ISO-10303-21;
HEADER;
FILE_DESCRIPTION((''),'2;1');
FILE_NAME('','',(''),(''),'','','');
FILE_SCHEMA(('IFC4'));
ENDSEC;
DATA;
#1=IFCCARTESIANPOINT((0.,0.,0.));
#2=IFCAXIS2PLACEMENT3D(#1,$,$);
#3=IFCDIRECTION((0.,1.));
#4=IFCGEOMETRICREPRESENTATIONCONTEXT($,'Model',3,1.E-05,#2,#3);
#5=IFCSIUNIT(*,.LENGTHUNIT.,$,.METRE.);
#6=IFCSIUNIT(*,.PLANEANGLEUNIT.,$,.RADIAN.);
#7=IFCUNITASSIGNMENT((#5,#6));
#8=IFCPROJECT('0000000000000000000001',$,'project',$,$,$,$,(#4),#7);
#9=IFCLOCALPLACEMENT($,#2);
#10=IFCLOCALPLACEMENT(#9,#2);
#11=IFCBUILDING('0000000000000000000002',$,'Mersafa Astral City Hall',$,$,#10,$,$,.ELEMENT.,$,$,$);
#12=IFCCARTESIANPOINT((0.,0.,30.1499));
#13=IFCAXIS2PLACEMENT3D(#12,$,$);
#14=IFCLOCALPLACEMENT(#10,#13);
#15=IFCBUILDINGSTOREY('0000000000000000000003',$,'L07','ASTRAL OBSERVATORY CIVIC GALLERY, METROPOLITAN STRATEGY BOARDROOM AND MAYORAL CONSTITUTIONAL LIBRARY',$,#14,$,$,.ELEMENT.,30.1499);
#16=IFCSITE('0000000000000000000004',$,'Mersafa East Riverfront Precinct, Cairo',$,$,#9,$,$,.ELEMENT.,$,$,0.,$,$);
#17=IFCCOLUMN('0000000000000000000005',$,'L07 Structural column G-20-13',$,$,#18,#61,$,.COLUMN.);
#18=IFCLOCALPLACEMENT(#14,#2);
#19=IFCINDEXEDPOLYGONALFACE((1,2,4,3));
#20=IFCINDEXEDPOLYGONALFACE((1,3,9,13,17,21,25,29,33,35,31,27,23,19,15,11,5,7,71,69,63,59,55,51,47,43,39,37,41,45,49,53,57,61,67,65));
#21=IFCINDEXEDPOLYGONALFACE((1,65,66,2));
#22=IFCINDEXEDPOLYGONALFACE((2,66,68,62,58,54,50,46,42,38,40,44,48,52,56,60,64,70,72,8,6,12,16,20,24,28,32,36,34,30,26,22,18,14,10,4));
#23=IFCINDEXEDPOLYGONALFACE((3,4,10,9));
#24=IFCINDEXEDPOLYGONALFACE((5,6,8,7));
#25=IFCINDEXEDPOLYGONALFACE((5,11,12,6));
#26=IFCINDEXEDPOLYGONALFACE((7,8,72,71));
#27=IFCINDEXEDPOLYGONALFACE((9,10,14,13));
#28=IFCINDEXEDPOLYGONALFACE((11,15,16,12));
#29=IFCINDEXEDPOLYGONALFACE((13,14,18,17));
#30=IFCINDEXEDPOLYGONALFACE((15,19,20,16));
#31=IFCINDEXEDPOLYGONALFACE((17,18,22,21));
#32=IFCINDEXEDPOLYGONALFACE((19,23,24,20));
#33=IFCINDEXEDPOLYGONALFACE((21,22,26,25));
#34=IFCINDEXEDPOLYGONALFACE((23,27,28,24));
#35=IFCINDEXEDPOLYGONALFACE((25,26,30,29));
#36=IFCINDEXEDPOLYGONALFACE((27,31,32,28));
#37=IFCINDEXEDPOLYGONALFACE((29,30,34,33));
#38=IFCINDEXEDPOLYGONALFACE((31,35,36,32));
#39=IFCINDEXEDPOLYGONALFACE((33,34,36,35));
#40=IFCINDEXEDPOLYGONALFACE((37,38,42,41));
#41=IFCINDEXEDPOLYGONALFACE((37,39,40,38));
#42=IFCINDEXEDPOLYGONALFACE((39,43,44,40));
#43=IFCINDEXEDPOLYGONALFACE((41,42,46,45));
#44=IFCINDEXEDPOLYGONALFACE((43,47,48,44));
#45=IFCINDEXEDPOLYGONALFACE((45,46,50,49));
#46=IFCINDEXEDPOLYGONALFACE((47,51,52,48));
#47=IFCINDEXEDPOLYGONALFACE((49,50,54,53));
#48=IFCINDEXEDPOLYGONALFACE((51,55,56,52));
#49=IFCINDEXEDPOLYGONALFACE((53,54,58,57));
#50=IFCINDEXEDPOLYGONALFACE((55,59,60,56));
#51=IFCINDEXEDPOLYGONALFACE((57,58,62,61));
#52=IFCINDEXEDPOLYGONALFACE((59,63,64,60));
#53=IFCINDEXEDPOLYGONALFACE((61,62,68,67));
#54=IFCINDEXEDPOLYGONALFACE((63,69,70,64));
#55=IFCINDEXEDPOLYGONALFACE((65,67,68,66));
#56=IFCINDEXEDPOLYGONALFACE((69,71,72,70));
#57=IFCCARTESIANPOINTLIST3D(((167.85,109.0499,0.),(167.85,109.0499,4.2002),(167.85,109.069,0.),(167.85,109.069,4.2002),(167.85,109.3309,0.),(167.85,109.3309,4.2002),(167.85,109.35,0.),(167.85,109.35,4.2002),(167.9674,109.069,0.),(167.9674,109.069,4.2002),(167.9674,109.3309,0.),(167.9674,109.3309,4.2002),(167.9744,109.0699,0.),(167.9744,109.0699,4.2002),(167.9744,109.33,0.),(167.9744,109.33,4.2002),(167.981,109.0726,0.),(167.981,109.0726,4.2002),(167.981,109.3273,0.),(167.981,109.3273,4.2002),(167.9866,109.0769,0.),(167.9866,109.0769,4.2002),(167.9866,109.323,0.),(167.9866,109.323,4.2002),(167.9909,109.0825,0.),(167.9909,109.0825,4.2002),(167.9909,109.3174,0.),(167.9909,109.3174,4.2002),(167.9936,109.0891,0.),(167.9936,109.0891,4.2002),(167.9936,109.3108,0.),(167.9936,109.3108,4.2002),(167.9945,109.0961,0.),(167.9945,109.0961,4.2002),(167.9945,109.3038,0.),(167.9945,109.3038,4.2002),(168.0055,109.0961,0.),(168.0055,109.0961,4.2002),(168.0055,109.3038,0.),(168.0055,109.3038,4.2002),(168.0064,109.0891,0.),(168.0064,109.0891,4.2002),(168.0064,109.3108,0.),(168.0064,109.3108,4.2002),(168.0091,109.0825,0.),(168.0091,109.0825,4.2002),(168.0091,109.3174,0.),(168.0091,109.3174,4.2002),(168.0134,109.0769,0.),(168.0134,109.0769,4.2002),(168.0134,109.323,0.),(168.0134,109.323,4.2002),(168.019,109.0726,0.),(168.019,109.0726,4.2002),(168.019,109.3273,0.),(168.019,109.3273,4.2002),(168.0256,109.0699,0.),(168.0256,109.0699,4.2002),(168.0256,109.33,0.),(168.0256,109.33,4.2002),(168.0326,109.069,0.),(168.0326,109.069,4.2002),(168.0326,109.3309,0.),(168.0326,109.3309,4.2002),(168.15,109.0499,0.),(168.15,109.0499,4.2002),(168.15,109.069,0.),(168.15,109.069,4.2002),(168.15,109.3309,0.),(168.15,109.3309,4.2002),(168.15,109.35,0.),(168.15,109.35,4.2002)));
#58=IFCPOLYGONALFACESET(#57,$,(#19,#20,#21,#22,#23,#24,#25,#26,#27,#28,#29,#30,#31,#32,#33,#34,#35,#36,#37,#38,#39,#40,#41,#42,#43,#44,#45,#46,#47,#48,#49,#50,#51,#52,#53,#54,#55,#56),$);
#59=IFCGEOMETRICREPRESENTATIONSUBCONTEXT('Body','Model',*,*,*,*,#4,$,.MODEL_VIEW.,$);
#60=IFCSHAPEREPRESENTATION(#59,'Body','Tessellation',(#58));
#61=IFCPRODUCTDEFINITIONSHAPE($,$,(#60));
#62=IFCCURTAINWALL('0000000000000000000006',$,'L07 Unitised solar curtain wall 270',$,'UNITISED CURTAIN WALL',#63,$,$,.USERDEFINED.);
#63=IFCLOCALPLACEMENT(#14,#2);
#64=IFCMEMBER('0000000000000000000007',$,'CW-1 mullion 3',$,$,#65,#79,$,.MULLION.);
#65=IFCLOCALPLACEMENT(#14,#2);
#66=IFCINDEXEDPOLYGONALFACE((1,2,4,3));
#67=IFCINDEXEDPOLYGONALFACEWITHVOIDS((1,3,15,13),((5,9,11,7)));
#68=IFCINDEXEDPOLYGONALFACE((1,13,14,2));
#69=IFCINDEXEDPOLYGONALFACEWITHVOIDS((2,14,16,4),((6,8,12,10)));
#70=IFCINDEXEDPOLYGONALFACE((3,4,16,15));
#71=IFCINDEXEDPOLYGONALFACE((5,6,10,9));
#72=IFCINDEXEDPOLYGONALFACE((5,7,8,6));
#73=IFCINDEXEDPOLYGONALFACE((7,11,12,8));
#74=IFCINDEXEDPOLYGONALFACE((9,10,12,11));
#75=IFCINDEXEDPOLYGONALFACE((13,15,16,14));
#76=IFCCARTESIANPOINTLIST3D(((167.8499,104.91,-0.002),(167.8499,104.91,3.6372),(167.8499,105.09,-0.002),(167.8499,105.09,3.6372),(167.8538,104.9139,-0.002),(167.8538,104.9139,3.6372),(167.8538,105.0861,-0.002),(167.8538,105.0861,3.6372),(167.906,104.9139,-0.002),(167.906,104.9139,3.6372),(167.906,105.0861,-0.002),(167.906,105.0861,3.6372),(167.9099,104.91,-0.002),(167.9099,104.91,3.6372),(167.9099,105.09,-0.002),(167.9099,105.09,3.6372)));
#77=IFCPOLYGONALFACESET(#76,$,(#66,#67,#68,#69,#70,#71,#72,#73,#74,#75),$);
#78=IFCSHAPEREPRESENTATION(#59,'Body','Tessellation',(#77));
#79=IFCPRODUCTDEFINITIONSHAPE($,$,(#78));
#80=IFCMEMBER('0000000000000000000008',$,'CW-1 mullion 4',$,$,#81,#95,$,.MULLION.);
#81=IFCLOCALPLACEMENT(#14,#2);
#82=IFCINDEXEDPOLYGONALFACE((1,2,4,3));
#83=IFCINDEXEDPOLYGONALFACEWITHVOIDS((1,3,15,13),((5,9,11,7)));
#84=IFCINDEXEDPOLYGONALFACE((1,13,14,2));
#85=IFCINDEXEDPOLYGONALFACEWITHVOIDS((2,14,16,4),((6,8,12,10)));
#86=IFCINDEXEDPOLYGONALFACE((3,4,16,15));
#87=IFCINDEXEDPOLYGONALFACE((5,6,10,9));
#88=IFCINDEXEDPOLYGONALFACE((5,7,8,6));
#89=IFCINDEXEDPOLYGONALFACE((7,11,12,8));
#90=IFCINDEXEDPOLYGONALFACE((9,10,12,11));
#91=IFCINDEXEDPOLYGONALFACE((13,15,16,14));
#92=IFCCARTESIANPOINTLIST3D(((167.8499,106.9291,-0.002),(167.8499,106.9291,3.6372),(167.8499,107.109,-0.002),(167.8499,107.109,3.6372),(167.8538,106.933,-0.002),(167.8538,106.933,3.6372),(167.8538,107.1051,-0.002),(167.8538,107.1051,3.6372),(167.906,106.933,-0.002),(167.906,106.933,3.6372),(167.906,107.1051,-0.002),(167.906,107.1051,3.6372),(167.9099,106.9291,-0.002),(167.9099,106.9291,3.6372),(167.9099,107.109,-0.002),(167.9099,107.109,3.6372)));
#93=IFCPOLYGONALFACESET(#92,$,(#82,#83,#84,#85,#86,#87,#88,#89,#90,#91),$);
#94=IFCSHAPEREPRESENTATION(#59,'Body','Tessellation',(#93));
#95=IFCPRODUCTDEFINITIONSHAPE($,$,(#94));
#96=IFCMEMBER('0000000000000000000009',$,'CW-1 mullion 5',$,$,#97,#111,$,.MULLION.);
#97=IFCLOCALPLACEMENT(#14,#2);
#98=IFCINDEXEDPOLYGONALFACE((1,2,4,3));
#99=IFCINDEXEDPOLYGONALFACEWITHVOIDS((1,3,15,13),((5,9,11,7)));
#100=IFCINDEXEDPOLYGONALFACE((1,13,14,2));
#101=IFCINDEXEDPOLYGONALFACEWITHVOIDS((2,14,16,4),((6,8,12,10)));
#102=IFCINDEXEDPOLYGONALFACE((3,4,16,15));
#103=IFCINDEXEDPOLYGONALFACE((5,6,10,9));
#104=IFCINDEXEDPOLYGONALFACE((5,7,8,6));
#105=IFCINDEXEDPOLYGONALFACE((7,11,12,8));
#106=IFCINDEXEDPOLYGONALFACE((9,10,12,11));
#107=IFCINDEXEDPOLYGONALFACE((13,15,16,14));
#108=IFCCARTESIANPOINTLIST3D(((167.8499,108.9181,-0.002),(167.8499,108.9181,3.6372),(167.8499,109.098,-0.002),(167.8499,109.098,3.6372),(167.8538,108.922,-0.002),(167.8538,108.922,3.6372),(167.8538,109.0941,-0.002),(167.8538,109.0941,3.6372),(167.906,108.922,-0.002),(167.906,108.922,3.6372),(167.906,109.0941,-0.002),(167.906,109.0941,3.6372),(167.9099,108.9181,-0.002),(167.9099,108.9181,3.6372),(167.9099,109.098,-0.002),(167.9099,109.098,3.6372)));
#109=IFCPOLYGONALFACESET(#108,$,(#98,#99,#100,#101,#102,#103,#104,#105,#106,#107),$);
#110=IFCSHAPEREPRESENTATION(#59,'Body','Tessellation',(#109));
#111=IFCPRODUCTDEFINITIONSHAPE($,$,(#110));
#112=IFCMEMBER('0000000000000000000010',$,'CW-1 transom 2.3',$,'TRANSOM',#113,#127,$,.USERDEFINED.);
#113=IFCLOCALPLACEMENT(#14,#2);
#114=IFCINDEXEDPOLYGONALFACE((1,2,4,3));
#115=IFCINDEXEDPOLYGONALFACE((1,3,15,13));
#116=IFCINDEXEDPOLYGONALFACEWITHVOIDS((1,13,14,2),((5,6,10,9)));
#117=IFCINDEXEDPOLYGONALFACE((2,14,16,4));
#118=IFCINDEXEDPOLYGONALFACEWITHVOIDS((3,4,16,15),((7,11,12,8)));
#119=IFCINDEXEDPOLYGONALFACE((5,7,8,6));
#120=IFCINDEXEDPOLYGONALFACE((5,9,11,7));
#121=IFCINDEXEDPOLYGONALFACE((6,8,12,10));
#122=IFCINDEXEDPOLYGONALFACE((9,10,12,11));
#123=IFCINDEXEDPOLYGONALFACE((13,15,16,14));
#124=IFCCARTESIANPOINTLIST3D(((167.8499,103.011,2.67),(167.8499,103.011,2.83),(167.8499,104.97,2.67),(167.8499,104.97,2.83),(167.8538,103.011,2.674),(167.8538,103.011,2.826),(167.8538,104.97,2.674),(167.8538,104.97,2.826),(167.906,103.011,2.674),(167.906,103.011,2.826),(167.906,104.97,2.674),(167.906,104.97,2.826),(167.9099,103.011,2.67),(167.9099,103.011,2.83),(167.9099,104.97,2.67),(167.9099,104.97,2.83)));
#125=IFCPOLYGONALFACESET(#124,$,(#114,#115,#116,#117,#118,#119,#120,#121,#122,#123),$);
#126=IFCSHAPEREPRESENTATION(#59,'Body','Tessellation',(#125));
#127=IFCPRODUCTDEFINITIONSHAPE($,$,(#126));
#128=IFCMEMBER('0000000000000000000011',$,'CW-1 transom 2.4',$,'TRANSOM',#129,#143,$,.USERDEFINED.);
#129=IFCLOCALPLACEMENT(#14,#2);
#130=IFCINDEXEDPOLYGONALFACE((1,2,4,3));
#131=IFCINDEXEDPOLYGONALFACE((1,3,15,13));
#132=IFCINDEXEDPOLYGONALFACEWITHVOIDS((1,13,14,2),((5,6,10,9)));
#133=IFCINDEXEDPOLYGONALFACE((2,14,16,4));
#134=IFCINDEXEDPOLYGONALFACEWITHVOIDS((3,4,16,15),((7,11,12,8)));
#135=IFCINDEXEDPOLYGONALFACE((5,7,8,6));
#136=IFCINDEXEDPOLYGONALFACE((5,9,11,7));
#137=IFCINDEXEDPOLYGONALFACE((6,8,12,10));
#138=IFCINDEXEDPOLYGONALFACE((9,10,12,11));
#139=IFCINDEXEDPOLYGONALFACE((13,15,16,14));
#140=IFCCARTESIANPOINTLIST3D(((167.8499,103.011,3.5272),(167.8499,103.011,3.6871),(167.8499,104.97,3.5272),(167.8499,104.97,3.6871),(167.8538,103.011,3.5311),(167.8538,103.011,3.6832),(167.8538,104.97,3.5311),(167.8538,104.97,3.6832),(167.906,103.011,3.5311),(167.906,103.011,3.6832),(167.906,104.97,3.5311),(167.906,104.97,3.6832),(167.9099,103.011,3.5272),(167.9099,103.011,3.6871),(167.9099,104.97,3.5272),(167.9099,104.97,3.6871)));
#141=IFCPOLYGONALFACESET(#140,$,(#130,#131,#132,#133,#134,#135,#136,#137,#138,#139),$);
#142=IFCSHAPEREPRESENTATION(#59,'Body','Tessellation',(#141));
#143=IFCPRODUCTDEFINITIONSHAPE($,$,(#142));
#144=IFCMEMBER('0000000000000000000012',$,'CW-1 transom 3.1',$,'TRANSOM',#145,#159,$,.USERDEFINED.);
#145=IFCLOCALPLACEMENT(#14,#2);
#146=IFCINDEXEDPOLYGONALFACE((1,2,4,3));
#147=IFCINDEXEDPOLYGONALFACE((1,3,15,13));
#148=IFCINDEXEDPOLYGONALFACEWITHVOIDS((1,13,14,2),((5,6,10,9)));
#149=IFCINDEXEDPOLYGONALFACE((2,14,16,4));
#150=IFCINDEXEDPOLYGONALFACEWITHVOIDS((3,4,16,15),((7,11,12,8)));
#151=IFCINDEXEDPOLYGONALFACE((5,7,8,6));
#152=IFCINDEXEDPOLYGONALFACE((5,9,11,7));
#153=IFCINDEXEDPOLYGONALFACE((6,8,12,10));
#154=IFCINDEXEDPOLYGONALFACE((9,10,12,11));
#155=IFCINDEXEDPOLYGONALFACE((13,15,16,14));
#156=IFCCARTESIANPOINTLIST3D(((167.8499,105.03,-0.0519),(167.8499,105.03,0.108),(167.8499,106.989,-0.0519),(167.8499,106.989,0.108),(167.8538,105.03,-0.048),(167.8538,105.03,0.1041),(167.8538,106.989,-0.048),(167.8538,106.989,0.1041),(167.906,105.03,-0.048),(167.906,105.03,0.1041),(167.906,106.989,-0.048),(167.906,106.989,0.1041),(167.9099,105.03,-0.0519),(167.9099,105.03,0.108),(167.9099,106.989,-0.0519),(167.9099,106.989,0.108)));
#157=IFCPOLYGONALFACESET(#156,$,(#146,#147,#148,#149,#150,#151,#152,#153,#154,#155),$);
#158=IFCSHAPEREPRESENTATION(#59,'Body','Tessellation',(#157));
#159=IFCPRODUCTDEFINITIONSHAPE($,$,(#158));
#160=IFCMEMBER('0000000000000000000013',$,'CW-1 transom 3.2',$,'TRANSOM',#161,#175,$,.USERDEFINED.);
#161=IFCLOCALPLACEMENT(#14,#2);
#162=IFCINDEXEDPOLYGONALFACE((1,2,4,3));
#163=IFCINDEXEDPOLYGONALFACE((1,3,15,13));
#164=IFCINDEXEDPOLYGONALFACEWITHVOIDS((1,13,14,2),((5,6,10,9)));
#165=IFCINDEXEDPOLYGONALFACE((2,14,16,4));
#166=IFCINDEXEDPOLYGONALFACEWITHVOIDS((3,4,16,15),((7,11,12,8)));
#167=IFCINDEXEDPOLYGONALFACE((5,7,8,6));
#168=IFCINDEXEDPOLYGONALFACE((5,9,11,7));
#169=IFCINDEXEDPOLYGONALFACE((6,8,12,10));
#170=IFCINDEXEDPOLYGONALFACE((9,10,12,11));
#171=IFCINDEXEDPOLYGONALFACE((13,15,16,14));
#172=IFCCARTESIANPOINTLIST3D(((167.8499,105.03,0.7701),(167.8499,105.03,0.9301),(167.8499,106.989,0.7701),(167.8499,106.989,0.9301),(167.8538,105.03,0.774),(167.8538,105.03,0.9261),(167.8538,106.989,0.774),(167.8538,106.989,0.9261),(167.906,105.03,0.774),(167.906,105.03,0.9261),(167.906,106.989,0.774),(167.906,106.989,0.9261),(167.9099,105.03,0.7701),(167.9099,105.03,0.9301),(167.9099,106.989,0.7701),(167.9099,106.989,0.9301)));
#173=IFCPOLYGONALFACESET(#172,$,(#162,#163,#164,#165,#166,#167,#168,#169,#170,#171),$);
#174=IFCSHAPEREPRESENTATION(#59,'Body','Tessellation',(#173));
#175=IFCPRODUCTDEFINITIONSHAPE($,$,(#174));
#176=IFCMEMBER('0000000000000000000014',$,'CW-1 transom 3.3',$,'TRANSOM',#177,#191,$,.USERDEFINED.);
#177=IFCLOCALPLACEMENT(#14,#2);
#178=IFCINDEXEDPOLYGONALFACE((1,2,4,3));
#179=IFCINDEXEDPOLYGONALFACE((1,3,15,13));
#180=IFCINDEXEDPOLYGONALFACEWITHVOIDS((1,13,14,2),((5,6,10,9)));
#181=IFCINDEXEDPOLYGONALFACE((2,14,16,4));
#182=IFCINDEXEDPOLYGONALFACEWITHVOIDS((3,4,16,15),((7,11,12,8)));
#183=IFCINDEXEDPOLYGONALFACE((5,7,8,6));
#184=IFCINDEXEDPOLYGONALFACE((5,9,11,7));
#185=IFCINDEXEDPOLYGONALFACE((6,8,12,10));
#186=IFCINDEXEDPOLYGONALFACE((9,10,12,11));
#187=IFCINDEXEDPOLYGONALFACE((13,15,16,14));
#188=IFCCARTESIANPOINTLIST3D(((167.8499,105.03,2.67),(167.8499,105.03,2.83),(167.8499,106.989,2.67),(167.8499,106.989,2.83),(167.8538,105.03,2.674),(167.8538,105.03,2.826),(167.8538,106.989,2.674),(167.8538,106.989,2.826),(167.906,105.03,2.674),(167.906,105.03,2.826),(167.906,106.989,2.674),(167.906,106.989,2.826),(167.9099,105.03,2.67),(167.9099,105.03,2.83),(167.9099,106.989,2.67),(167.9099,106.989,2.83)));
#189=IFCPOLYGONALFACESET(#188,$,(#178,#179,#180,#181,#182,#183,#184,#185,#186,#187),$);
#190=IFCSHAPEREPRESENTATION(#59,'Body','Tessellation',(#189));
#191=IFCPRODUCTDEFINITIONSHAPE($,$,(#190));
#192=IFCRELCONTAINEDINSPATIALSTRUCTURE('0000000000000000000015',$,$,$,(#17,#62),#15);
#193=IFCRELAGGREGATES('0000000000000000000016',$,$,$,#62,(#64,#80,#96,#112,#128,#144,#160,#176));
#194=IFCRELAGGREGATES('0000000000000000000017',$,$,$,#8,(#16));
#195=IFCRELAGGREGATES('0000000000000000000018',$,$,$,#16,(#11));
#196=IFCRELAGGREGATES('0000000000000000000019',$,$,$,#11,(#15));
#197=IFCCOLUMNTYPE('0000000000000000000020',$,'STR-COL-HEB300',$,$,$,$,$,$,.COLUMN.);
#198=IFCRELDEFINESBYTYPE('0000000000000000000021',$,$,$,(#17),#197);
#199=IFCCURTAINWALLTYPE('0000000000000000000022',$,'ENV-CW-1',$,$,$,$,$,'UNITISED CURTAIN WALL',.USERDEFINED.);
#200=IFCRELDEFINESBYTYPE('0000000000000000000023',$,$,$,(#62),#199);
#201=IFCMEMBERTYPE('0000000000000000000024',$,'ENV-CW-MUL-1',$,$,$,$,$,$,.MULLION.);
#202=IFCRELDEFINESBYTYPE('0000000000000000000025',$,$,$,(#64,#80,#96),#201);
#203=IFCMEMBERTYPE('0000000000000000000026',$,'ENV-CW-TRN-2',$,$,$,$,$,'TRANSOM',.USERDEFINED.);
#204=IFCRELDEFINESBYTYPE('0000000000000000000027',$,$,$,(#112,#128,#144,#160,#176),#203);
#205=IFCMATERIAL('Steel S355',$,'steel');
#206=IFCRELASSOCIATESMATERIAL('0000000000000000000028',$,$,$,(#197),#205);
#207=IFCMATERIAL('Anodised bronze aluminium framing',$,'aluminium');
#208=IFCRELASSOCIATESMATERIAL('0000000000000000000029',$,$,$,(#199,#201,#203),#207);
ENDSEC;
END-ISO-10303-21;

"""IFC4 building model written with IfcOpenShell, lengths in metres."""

from ifc_helpers import new_model, si_unit, direction, frame, origin, origin_2d, place, context, subcontext, project, spatial, hollow_rectangle, i_section, extrude, material, material_profile, profile_set, type_object, element, aggregate, save


model = new_model("IFC4")

# Units and contexts
model_context = context("Model", 3, precision=1e-05, world=origin(), true_north=direction((0.0, 1.0)))
body_context = subcontext(model_context, "Body", "Model", "MODEL_VIEW")
ifc_project = project(units=[si_unit("LENGTHUNIT", "METRE"), si_unit("PLANEANGLEUNIT", "RADIAN")], contexts=[model_context])

# Site, building, storey
site_placement = place(None, origin())
site = spatial("IfcSite", under=ifc_project, at=site_placement, Name="Mersafa East Riverfront Precinct, Cairo", CompositionType="ELEMENT", RefElevation=0.0)
building_placement = place(site_placement, origin())
building = spatial("IfcBuilding", under=site, at=building_placement, Name="Mersafa Astral City Hall", CompositionType="ELEMENT")
storey_placement = place(building_placement, frame((0.0, 0.0, 30.1499)))
storey = spatial("IfcBuildingStorey", under=building, at=storey_placement, Name="L07", Description="ASTRAL OBSERVATORY CIVIC GALLERY, METROPOLITAN STRATEGY BOARDROOM AND MAYORAL CONSTITUTIONAL LIBRARY", CompositionType="ELEMENT", Elevation=30.1499)

# Column
ifc_material_1 = material(Name="Steel S355", Category="steel")
ifc_material_profile_1 = material_profile(ifc_material_1, i_section(OverallWidth=0.3, OverallDepth=0.3, WebThickness=0.011, FlangeThickness=0.019, FilletRadius=0.0271, at=origin_2d()), Name="HEB 300")
ifc_profile_set_1 = profile_set([ifc_material_profile_1], Name="Steel S355")
column_type = type_object("IfcColumnType", Name="STR-COL-HEB300", PredefinedType="COLUMN", material=ifc_profile_set_1)
column_placement = place(storey_placement, frame((168.0, 109.2, 0.0), z_axis=(0.0, 0.0, 1.0), x_axis=(1.0, 0.0, 0.0)))
element("IfcColumn", 1, at=column_placement, inside=storey, type_object=column_type, Name="L07 Structural column G-20-13", PredefinedType="COLUMN", context=body_context, shape_type="SweptSolid", body=[
    extrude(i_section(OverallWidth=0.3, OverallDepth=0.3, WebThickness=0.011, FlangeThickness=0.019, FilletRadius=0.0271, at=origin_2d()), origin(), (0.0, 0.0, 1.0), 4.2002),
])

# Curtain wall, members
ifc_material_2 = material(Name="Anodised bronze aluminium framing", Category="aluminium")
curtain_wall_type = type_object("IfcCurtainWallType", Name="ENV-CW-1", ElementType="UNITISED CURTAIN WALL", PredefinedType="USERDEFINED", material=ifc_material_2)
curtain_wall_placement = place(storey_placement, origin())
curtain_wall = element("IfcCurtainWall", 2, at=curtain_wall_placement, inside=storey, type_object=curtain_wall_type, Name="L07 Unitised solar curtain wall 270", ObjectType="UNITISED CURTAIN WALL", PredefinedType="USERDEFINED")
ifc_material_profile_2 = material_profile(ifc_material_2, hollow_rectangle(XDim=0.0601, YDim=0.1799, WallThickness=0.0039, at=origin_2d()), Name="RHS 60x180x4")
ifc_profile_set_2 = profile_set([ifc_material_profile_2], Name="Anodised bronze aluminium framing")
member_type_1 = type_object("IfcMemberType", Name="ENV-CW-MUL-1", PredefinedType="MULLION", material=ifc_profile_set_2)
member_1_placement = place(storey_placement, frame((167.8799, 105.0, -0.002), z_axis=(0.0, 0.0, 1.0), x_axis=(-1.0, 0.0, 0.0)))
member_1 = element("IfcMember", 3, at=member_1_placement, type_object=member_type_1, Name="CW-1 mullion 3", PredefinedType="MULLION", context=body_context, shape_type="SweptSolid", body=[
    extrude(hollow_rectangle(XDim=0.0601, YDim=0.1799, WallThickness=0.0039, at=origin_2d()), origin(), (0.0, 0.0, 1.0), 3.6392),
])
member_2_placement = place(storey_placement, frame((167.8799, 107.019, -0.002), z_axis=(0.0, 0.0, 1.0), x_axis=(-1.0, 0.0, 0.0)))
member_2 = element("IfcMember", 4, at=member_2_placement, type_object=member_type_1, Name="CW-1 mullion 4", PredefinedType="MULLION", context=body_context, shape_type="SweptSolid", body=[
    extrude(hollow_rectangle(XDim=0.0601, YDim=0.1799, WallThickness=0.0039, at=origin_2d()), origin(), (0.0, 0.0, 1.0), 3.6392),
])
member_3_placement = place(storey_placement, frame((167.8799, 109.0081, -0.002), z_axis=(0.0, 0.0, 1.0), x_axis=(-1.0, 0.0, 0.0)))
member_3 = element("IfcMember", 5, at=member_3_placement, type_object=member_type_1, Name="CW-1 mullion 5", PredefinedType="MULLION", context=body_context, shape_type="SweptSolid", body=[
    extrude(hollow_rectangle(XDim=0.0601, YDim=0.1799, WallThickness=0.0039, at=origin_2d()), origin(), (0.0, 0.0, 1.0), 3.6392),
])
ifc_material_profile_3 = material_profile(ifc_material_2, hollow_rectangle(XDim=0.0601, YDim=0.1599, WallThickness=0.0039, at=origin_2d()), Name="RHS 60x160x4")
ifc_profile_set_3 = profile_set([ifc_material_profile_3], Name="Anodised bronze aluminium framing")
member_type_2 = type_object("IfcMemberType", Name="ENV-CW-TRN-2", ElementType="TRANSOM", PredefinedType="USERDEFINED", material=ifc_profile_set_3)
member_4_placement = place(storey_placement, frame((167.8799, 103.011, 2.75), z_axis=(0.0, 1.0, 0.0), x_axis=(-1.0, 0.0, 0.0)))
member_4 = element("IfcMember", 6, at=member_4_placement, type_object=member_type_2, Name="CW-1 transom 2.3", ObjectType="TRANSOM", PredefinedType="USERDEFINED", context=body_context, shape_type="SweptSolid", body=[
    extrude(hollow_rectangle(XDim=0.0601, YDim=0.1599, WallThickness=0.0039, at=origin_2d()), origin(), (0.0, 0.0, 1.0), 1.959),
])
member_5_placement = place(storey_placement, frame((167.8799, 103.011, 3.6072), z_axis=(0.0, 1.0, 0.0), x_axis=(-1.0, 0.0, 0.0)))
member_5 = element("IfcMember", 7, at=member_5_placement, type_object=member_type_2, Name="CW-1 transom 2.4", ObjectType="TRANSOM", PredefinedType="USERDEFINED", context=body_context, shape_type="SweptSolid", body=[
    extrude(hollow_rectangle(XDim=0.0601, YDim=0.1599, WallThickness=0.0039, at=origin_2d()), origin(), (0.0, 0.0, 1.0), 1.959),
])
member_6_placement = place(storey_placement, frame((167.8799, 105.03, 0.0281), z_axis=(0.0, 1.0, 0.0), x_axis=(-1.0, 0.0, 0.0)))
member_6 = element("IfcMember", 8, at=member_6_placement, type_object=member_type_2, Name="CW-1 transom 3.1", ObjectType="TRANSOM", PredefinedType="USERDEFINED", context=body_context, shape_type="SweptSolid", body=[
    extrude(hollow_rectangle(XDim=0.0601, YDim=0.1599, WallThickness=0.0039, at=origin_2d()), origin(), (0.0, 0.0, 1.0), 1.959),
])
member_7_placement = place(storey_placement, frame((167.8799, 105.03, 0.8501), z_axis=(0.0, 1.0, 0.0), x_axis=(-1.0, 0.0, 0.0)))
member_7 = element("IfcMember", 9, at=member_7_placement, type_object=member_type_2, Name="CW-1 transom 3.2", ObjectType="TRANSOM", PredefinedType="USERDEFINED", context=body_context, shape_type="SweptSolid", body=[
    extrude(hollow_rectangle(XDim=0.0601, YDim=0.1599, WallThickness=0.0039, at=origin_2d()), origin(), (0.0, 0.0, 1.0), 1.959),
])
member_8_placement = place(storey_placement, frame((167.8799, 105.03, 2.75), z_axis=(0.0, 1.0, 0.0), x_axis=(-1.0, 0.0, 0.0)))
member_8 = element("IfcMember", 10, at=member_8_placement, type_object=member_type_2, Name="CW-1 transom 3.3", ObjectType="TRANSOM", PredefinedType="USERDEFINED", context=body_context, shape_type="SweptSolid", body=[
    extrude(hollow_rectangle(XDim=0.0601, YDim=0.1599, WallThickness=0.0039, at=origin_2d()), origin(), (0.0, 0.0, 1.0), 1.959),
])

aggregate(curtain_wall, [member_1, member_2, member_3, member_4, member_5, member_6, member_7, member_8])

save(model, "model.ifc")
